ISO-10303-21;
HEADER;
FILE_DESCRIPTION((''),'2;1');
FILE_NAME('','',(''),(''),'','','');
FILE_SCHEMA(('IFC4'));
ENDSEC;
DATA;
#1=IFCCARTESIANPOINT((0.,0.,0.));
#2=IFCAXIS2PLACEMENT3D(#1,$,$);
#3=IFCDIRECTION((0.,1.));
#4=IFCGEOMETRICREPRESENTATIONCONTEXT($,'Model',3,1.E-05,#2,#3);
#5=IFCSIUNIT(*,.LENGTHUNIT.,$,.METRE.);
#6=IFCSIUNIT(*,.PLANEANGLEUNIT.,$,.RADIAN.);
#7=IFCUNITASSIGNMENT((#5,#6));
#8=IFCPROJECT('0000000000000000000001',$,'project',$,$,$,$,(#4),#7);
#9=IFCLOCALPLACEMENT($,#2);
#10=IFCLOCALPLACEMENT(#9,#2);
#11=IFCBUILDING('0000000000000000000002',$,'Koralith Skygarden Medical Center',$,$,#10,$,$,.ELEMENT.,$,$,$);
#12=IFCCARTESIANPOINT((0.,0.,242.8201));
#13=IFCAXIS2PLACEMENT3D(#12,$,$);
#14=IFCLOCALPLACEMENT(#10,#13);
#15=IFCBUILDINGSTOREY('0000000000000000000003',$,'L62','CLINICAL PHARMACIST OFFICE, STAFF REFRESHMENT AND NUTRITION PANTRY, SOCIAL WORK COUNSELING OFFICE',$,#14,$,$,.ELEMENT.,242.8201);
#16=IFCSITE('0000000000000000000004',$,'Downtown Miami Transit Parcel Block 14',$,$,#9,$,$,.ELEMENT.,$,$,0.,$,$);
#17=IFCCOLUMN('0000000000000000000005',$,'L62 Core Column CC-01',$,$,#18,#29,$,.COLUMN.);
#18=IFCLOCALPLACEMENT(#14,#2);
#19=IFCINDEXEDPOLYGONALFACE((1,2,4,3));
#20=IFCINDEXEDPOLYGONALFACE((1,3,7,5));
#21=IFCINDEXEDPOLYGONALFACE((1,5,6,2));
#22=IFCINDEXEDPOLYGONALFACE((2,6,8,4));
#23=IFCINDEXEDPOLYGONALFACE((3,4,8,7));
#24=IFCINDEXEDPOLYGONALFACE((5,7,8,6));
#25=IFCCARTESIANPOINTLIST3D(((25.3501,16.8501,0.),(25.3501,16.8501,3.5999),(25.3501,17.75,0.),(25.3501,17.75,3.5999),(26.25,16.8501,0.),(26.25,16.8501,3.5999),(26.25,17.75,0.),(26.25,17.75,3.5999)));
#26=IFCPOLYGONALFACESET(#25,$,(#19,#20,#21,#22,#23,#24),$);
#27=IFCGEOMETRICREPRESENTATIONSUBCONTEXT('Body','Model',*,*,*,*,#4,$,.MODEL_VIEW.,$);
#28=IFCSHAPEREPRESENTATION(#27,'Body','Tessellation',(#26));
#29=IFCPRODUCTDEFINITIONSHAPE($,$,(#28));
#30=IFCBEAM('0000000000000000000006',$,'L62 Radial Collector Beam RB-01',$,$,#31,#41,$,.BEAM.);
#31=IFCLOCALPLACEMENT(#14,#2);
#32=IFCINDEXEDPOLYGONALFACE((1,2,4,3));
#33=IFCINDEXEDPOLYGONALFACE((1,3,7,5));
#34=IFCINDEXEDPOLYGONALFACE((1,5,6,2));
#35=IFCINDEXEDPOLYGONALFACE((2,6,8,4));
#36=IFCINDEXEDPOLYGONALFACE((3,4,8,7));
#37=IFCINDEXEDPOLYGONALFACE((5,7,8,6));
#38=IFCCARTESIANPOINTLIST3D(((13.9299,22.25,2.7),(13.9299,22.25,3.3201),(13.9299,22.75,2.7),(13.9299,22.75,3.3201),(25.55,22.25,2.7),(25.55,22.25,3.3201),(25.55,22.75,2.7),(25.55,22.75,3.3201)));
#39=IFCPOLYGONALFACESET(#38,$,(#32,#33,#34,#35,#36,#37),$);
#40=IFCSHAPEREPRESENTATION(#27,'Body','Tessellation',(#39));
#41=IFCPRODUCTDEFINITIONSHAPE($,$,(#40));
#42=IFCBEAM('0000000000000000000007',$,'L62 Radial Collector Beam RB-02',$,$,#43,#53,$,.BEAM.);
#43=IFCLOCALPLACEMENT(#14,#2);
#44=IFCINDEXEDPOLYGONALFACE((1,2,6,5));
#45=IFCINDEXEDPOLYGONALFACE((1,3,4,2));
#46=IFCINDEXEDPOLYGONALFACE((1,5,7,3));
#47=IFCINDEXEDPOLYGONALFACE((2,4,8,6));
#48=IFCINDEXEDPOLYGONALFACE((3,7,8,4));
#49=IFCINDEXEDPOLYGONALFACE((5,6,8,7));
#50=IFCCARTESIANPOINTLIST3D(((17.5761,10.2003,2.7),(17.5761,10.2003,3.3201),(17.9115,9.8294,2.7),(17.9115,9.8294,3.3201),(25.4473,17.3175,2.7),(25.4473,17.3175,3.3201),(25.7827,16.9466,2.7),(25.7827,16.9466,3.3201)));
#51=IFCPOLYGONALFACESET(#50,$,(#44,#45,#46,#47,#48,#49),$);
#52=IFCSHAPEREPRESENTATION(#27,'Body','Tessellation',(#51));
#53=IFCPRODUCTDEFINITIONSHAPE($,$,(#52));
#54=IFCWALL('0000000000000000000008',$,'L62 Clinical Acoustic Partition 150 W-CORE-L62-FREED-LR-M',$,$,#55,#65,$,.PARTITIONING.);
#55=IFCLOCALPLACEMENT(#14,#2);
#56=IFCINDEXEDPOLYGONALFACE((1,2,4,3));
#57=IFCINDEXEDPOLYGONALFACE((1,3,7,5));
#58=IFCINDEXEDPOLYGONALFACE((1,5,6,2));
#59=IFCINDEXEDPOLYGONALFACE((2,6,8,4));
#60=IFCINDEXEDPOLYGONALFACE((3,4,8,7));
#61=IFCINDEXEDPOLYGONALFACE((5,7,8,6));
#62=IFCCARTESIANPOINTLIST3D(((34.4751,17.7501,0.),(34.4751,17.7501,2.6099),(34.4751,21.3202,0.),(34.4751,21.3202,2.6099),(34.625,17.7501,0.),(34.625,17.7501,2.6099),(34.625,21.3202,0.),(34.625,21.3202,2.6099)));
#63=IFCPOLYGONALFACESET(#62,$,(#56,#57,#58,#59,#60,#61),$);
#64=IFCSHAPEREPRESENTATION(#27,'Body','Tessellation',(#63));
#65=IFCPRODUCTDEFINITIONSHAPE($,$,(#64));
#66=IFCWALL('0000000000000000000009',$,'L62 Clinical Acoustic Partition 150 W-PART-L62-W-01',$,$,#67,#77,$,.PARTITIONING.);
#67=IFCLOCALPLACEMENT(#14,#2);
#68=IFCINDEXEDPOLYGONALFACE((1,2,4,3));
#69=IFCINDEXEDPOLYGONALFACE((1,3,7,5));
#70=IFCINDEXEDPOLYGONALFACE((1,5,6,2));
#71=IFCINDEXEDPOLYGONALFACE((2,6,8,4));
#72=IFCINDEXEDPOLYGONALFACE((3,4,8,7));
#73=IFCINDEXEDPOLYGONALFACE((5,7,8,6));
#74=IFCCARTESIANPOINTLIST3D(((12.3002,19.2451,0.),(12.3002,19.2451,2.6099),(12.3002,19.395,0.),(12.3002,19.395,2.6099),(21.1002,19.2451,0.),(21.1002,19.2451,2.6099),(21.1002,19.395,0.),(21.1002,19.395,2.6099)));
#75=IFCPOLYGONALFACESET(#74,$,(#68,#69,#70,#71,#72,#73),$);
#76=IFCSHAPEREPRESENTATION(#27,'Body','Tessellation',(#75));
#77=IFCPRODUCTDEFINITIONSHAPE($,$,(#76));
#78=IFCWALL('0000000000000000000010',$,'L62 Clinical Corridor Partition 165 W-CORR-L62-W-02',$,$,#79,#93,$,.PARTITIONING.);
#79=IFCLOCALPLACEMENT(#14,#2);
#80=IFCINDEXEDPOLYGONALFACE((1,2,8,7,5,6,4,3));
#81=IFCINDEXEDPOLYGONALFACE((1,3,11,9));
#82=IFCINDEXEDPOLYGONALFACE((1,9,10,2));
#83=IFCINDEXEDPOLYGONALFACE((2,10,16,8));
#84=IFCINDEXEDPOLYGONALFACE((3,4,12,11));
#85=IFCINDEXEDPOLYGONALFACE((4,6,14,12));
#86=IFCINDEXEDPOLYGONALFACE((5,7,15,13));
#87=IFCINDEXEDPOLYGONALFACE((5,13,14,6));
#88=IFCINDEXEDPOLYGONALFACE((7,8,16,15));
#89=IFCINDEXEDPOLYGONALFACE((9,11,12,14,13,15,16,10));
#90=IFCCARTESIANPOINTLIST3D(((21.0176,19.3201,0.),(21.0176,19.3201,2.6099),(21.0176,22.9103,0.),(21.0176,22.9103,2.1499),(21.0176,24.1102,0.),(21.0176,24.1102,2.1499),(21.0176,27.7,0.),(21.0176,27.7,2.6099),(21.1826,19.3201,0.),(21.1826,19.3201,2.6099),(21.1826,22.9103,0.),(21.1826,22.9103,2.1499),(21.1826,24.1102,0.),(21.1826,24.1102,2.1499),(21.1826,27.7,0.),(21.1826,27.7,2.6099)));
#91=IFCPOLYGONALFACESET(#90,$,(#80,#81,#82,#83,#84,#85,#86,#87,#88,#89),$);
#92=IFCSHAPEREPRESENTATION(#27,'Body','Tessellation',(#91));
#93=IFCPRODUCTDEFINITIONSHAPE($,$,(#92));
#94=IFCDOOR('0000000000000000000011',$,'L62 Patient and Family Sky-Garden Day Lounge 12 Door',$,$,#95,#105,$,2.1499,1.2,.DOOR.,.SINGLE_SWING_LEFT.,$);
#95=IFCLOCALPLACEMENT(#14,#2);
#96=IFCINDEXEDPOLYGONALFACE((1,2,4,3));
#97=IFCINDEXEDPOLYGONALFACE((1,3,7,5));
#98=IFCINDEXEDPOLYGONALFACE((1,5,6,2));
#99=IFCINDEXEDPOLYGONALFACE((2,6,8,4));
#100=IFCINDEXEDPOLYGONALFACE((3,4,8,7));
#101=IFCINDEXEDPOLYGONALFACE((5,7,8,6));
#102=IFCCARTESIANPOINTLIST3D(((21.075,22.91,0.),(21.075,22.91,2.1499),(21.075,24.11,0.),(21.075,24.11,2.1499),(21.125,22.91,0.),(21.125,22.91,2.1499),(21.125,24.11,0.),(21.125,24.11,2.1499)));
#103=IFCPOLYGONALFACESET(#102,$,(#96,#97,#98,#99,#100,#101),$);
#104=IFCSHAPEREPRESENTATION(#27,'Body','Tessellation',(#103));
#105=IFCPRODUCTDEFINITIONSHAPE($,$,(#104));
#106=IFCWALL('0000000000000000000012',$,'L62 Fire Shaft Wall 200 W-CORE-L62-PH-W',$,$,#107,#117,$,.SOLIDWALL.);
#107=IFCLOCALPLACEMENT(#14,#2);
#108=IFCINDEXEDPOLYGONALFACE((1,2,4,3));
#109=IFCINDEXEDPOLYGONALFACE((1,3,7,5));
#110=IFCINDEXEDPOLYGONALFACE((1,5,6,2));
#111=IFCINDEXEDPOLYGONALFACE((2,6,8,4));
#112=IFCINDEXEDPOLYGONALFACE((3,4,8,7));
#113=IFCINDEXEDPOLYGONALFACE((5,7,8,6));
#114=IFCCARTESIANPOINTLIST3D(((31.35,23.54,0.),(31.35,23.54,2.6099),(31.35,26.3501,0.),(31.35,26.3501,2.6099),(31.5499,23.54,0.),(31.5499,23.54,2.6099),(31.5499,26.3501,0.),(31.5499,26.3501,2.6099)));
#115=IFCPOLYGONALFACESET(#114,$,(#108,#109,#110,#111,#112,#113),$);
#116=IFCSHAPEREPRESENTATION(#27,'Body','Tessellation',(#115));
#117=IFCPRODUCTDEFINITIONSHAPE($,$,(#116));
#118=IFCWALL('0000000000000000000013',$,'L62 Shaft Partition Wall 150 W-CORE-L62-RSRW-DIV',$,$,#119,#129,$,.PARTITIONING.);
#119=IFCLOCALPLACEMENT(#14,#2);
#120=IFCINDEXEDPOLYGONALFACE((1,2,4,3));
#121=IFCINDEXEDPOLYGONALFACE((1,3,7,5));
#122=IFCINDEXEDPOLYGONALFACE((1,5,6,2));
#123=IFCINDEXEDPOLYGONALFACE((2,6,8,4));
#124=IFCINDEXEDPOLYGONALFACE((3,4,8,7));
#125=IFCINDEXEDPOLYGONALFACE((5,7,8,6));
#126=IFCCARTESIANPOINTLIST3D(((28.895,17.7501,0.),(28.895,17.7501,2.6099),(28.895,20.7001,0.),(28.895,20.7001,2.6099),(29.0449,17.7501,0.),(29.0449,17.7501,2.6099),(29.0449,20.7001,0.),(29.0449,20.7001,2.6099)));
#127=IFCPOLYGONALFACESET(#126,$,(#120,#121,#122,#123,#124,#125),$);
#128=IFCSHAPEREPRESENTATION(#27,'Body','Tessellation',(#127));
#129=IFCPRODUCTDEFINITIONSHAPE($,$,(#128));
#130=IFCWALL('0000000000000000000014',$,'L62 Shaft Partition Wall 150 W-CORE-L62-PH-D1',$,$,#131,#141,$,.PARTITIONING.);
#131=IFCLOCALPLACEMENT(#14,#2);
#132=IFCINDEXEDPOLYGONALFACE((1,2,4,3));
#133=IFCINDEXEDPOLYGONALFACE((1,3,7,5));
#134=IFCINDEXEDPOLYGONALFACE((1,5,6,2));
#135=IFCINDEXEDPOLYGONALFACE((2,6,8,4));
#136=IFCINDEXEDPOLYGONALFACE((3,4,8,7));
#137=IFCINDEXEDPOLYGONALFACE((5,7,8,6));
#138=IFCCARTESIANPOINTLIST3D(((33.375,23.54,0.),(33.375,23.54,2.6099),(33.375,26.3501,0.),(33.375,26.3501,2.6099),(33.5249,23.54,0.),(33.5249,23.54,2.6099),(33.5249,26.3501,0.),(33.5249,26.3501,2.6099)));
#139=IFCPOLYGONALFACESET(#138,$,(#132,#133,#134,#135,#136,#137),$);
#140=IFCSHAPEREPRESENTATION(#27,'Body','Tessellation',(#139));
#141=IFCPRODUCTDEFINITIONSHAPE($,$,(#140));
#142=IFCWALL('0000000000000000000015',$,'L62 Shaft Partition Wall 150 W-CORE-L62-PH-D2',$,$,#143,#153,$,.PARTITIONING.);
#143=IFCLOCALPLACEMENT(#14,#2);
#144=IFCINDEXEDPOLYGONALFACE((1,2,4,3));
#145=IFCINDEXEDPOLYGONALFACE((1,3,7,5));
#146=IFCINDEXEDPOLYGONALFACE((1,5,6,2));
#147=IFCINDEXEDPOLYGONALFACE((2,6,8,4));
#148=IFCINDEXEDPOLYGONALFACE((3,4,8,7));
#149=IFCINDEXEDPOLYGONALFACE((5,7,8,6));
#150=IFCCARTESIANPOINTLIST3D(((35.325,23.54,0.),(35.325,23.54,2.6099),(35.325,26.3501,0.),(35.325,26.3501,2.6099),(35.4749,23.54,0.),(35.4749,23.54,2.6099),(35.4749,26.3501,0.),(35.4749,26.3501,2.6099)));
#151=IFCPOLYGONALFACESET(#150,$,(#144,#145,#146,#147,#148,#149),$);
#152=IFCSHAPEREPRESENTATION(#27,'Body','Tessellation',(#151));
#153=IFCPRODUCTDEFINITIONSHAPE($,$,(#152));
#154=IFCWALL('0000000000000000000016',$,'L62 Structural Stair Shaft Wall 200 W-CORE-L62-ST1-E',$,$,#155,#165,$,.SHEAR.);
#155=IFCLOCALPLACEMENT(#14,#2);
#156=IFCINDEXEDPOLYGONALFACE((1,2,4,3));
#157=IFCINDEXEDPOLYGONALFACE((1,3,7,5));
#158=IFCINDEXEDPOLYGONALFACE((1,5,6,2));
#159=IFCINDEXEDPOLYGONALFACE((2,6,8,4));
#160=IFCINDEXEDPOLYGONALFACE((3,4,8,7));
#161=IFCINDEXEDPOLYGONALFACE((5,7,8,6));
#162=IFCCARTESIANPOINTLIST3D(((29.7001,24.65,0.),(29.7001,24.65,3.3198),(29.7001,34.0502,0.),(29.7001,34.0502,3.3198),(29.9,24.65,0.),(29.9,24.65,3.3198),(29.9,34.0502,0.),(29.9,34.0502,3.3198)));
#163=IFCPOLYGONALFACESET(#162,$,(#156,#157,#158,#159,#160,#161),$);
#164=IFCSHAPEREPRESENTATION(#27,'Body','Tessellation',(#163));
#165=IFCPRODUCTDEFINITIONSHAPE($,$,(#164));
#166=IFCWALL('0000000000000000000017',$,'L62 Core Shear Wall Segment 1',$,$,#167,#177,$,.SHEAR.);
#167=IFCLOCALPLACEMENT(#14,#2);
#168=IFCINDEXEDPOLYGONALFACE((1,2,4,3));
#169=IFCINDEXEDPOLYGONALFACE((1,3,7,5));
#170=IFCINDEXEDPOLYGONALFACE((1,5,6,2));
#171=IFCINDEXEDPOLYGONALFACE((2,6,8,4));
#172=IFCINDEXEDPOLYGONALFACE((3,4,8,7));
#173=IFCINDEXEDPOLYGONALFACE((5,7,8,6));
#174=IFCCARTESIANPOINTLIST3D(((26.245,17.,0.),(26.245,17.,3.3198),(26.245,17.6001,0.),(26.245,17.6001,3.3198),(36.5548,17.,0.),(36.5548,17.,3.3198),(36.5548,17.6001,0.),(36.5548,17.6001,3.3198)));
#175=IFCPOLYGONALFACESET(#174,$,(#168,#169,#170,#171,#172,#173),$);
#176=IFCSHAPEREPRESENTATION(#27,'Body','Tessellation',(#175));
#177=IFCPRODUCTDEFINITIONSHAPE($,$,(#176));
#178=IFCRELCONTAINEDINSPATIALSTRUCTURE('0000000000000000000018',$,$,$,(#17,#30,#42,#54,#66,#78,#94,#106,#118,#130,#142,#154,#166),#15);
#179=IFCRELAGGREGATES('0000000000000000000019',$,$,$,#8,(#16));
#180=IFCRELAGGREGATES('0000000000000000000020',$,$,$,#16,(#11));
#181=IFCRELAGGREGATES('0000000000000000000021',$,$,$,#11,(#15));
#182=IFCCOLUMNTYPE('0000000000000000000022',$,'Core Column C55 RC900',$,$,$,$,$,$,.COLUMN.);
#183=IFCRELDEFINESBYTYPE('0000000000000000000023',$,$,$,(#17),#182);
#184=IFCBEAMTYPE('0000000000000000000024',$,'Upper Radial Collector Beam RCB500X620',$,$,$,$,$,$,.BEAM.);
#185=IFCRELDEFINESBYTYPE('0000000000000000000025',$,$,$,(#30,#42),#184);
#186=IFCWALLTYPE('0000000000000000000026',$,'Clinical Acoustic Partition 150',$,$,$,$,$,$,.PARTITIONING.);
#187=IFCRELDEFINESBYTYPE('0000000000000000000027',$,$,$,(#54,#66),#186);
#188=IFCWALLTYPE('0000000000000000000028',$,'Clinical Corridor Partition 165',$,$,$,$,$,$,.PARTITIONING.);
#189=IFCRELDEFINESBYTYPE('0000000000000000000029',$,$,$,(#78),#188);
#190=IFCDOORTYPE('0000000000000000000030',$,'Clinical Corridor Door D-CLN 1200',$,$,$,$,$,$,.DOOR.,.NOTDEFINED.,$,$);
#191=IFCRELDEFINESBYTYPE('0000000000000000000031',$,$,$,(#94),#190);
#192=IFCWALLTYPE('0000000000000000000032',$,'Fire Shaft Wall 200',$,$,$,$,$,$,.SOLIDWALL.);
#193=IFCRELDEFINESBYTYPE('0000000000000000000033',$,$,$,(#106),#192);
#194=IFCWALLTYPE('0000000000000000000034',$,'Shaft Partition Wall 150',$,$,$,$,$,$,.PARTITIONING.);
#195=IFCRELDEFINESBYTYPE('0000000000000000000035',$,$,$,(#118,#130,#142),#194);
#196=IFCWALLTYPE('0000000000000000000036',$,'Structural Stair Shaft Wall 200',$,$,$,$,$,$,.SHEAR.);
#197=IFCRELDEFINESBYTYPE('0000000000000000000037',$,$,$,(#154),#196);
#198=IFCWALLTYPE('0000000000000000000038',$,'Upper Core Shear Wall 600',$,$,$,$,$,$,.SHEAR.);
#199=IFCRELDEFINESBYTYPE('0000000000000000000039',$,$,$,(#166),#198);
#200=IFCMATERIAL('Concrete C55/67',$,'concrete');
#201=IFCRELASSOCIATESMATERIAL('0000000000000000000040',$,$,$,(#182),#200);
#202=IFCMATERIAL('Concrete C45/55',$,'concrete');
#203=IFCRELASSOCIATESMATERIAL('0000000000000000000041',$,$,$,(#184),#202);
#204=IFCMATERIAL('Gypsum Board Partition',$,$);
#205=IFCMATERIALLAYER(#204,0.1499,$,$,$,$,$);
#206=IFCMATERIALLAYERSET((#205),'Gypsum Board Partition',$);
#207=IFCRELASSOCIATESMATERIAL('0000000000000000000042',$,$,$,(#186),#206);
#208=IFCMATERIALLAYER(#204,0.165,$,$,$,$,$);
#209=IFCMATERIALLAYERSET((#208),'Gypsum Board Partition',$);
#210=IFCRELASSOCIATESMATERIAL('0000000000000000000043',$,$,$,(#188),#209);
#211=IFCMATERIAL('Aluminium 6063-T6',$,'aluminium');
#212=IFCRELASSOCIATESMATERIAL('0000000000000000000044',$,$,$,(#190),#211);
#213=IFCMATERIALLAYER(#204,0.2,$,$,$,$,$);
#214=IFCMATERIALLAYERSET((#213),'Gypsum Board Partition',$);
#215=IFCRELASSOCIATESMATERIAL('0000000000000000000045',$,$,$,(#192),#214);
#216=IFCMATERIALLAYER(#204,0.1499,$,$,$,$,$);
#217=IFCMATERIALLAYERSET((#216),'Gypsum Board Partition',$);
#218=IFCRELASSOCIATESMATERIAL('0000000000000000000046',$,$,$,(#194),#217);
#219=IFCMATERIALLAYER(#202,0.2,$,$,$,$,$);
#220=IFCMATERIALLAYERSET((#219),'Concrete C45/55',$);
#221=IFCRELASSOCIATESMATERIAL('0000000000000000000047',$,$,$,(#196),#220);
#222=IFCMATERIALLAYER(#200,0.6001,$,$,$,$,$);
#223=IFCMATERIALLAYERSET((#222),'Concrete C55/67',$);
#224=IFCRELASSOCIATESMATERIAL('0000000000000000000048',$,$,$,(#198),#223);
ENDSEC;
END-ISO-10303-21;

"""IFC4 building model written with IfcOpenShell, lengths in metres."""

from ifc_helpers import new_model, si_unit, direction, frame, frame_2d, origin, origin_2d, place, context, subcontext, project, spatial, rectangle, extrude, material, layer, layer_set, material_profile, profile_set, type_object, element, fill, save


model = new_model("IFC4")

# Units and contexts
model_context = context("Model", 3, precision=1e-05, world=origin(), true_north=direction((0.0, 1.0)))
body_context = subcontext(model_context, "Body", "Model", "MODEL_VIEW")
ifc_project = project(units=[si_unit("LENGTHUNIT", "METRE"), si_unit("PLANEANGLEUNIT", "RADIAN")], contexts=[model_context])

# Site, building, storey
site_placement = place(None, origin())
site = spatial("IfcSite", under=ifc_project, at=site_placement, Name="Downtown Miami Transit Parcel Block 14", CompositionType="ELEMENT", RefElevation=0.0)
building_placement = place(site_placement, origin())
building = spatial("IfcBuilding", under=site, at=building_placement, Name="Koralith Skygarden Medical Center", CompositionType="ELEMENT")
storey_placement = place(building_placement, frame((0.0, 0.0, 242.8201)))
storey = spatial("IfcBuildingStorey", under=building, at=storey_placement, Name="L62", Description="CLINICAL PHARMACIST OFFICE, STAFF REFRESHMENT AND NUTRITION PANTRY, SOCIAL WORK COUNSELING OFFICE", CompositionType="ELEMENT", Elevation=242.8201)

# Column
ifc_material_1 = material(Name="Concrete C55/67", Category="concrete")
ifc_material_profile_1 = material_profile(ifc_material_1, rectangle(XDim=0.8999, YDim=0.8999, at=origin_2d()), Name="RC900X900")
ifc_profile_set_1 = profile_set([ifc_material_profile_1], Name="Concrete C55/67")
column_type = type_object("IfcColumnType", Name="Core Column C55 RC900", PredefinedType="COLUMN", material=ifc_profile_set_1)
column_placement = place(storey_placement, frame((25.8, 17.3, 0.0), z_axis=(0.0, 0.0, 1.0), x_axis=(1.0, 0.0, 0.0)))
element("IfcColumn", 1, at=column_placement, inside=storey, type_object=column_type, Name="L62 Core Column CC-01", PredefinedType="COLUMN", context=body_context, shape_type="SweptSolid", body=[
    extrude(rectangle(XDim=0.8999, YDim=0.8999, at=origin_2d()), origin(), (0.0, 0.0, 1.0), 3.5999),
])

# Beams
ifc_material_2 = material(Name="Concrete C45/55", Category="concrete")
ifc_material_profile_2 = material_profile(ifc_material_2, rectangle(XDim=0.5, YDim=0.6201, at=origin_2d()), Name="RCB500X620")
ifc_profile_set_2 = profile_set([ifc_material_profile_2], Name="Concrete C45/55")
beam_type = type_object("IfcBeamType", Name="Upper Radial Collector Beam RCB500X620", PredefinedType="BEAM", material=ifc_profile_set_2)
beam_1_placement = place(storey_placement, frame((25.55, 22.5, 3.01), z_axis=(-1.0, 0.0, 0.0), x_axis=(0.0, -1.0, 0.0)))
element("IfcBeam", 2, at=beam_1_placement, inside=storey, type_object=beam_type, Name="L62 Radial Collector Beam RB-01", PredefinedType="BEAM", context=body_context, shape_type="SweptSolid", body=[
    extrude(rectangle(XDim=0.5, YDim=0.6201, at=origin_2d()), origin(), (0.0, 0.0, 1.0), 11.6201),
])
beam_2_placement = place(storey_placement, frame((25.615, 17.1321, 3.01), z_axis=(-0.741736, -0.670692, 0.0), x_axis=(0.670692, -0.741736, 0.0)))
element("IfcBeam", 3, at=beam_2_placement, inside=storey, type_object=beam_type, Name="L62 Radial Collector Beam RB-02", PredefinedType="BEAM", context=body_context, shape_type="SweptSolid", body=[
    extrude(rectangle(XDim=0.5, YDim=0.6201, at=origin_2d()), origin(), (0.0, 0.0, 1.0), 10.6118),
])

# Shared definitions
ifc_material_3 = material(Name="Gypsum Board Partition")
ifc_layer_1 = layer(ifc_material_3, 0.1499)
ifc_layer_set_1 = layer_set([ifc_layer_1], Name="Gypsum Board Partition")
wall_type_1 = type_object("IfcWallType", Name="Clinical Acoustic Partition 150", PredefinedType="PARTITIONING", material=ifc_layer_set_1)
ifc_material_4 = material(Name="Aluminium 6063-T6", Category="aluminium")

# Walls
wall_1_placement = place(storey_placement, frame((34.55, 17.75, 0.0), z_axis=(0.0, 0.0, 1.0), x_axis=(0.0, 1.0, 0.0)))
element("IfcWall", 4, at=wall_1_placement, inside=storey, type_object=wall_type_1, Name="L62 Clinical Acoustic Partition 150 W-CORE-L62-FREED-LR-M", PredefinedType="PARTITIONING", context=body_context, shape_type="SweptSolid", body=[
    extrude(rectangle(XDim=3.5701, YDim=0.1499, at=frame_2d((1.7852, 0.0))), origin(), (0.0, 0.0, 1.0), 2.6099),
])
wall_2_placement = place(storey_placement, frame((21.1001, 19.3201, 0.0), z_axis=(0.0, 0.0, 1.0), x_axis=(-1.0, 0.0, 0.0)))
element("IfcWall", 5, at=wall_2_placement, inside=storey, type_object=wall_type_1, Name="L62 Clinical Acoustic Partition 150 W-PART-L62-W-01", PredefinedType="PARTITIONING", context=body_context, shape_type="SweptSolid", body=[
    extrude(rectangle(XDim=8.8, YDim=0.1499, at=frame_2d((4.3999, 0.0))), origin(), (0.0, 0.0, 1.0), 2.6099),
])

# Wall, opening, door
ifc_layer_2 = layer(ifc_material_3, 0.165)
ifc_layer_set_2 = layer_set([ifc_layer_2], Name="Gypsum Board Partition")
wall_type_2 = type_object("IfcWallType", Name="Clinical Corridor Partition 165", PredefinedType="PARTITIONING", material=ifc_layer_set_2)
wall_3_placement = place(storey_placement, frame((21.1001, 19.3201, 0.0), z_axis=(0.0, 0.0, 1.0), x_axis=(0.0, 1.0, 0.0)))
wall_3 = element("IfcWall", 6, at=wall_3_placement, inside=storey, type_object=wall_type_2, Name="L62 Clinical Corridor Partition 165 W-CORR-L62-W-02", PredefinedType="PARTITIONING", context=body_context, shape_type="SweptSolid", body=[
    extrude(rectangle(XDim=8.3799, YDim=0.165, at=frame_2d((4.1899, 0.0))), origin(), (0.0, 0.0, 1.0), 2.6099),
])
opening_1_placement = place(wall_3_placement, frame((3.5901, 0.0, 0.0)))
opening_1 = element("IfcOpeningElement", 7, at=opening_1_placement, cuts=wall_3, PredefinedType="OPENING", context=body_context, shape_type="SweptSolid", body=[
    extrude(rectangle(XDim=1.2, YDim=2.1499, at=frame_2d((0.6001, 1.075))), frame((0.0, 0.0925, 0.0), z_axis=(0.0, -1.0, 0.0), x_axis=(1.0, 0.0, 0.0)), (0.0, 0.0, 1.0), 0.1851),
])
door_type_1 = type_object("IfcDoorType", Name="Clinical Corridor Door D-CLN 1200", OperationType="NOTDEFINED", PredefinedType="DOOR", material=ifc_material_4)
door_1_placement = place(opening_1_placement, frame((1.2, 0.0, 0.0), z_axis=(0.0, 0.0, 1.0), x_axis=(-1.0, 0.0, 0.0)))
door_1 = element("IfcDoor", 8, at=door_1_placement, inside=storey, type_object=door_type_1, Name="L62 Patient and Family Sky-Garden Day Lounge 12 Door", OperationType="SINGLE_SWING_LEFT", OverallHeight=2.1499, OverallWidth=1.2, PredefinedType="DOOR", context=body_context, shape_type="SweptSolid", body=[
    extrude(rectangle(XDim=1.2, YDim=2.1499, at=frame_2d((0.6001, 1.075))), frame((0.0, 0.0249, 0.0), z_axis=(0.0, -1.0, 0.0), x_axis=(1.0, 0.0, 0.0)), (0.0, 0.0, 1.0), 0.05),
])
fill(opening_1, door_1)
ifc_layer_3 = layer(ifc_material_3, 0.2)
ifc_layer_set_3 = layer_set([ifc_layer_3], Name="Gypsum Board Partition")
wall_type_3 = type_object("IfcWallType", Name="Fire Shaft Wall 200", PredefinedType="SOLIDWALL", material=ifc_layer_set_3)

# Walls
wall_4_placement = place(storey_placement, frame((31.45, 23.54, 0.0), z_axis=(0.0, 0.0, 1.0), x_axis=(0.0, 1.0, 0.0)))
element("IfcWall", 9, at=wall_4_placement, inside=storey, type_object=wall_type_3, Name="L62 Fire Shaft Wall 200 W-CORE-L62-PH-W", PredefinedType="SOLIDWALL", context=body_context, shape_type="SweptSolid", body=[
    extrude(rectangle(XDim=2.8101, YDim=0.2, at=frame_2d((1.405, 0.0))), origin(), (0.0, 0.0, 1.0), 2.6099),
])
ifc_layer_4 = layer(ifc_material_3, 0.1499)
ifc_layer_set_4 = layer_set([ifc_layer_4], Name="Gypsum Board Partition")
wall_type_4 = type_object("IfcWallType", Name="Shaft Partition Wall 150", PredefinedType="PARTITIONING", material=ifc_layer_set_4)
wall_5_placement = place(storey_placement, frame((28.97, 17.75, 0.0), z_axis=(0.0, 0.0, 1.0), x_axis=(0.0, 1.0, 0.0)))
element("IfcWall", 10, at=wall_5_placement, inside=storey, type_object=wall_type_4, Name="L62 Shaft Partition Wall 150 W-CORE-L62-RSRW-DIV", PredefinedType="PARTITIONING", context=body_context, shape_type="SweptSolid", body=[
    extrude(rectangle(XDim=2.95, YDim=0.1499, at=frame_2d((1.4751, 0.0))), origin(), (0.0, 0.0, 1.0), 2.6099),
])
for number, where, z_axis, x_axis, name in (
    (11, (33.45, 23.54, 0.0), (0.0, 0.0, 1.0), (0.0, 1.0, 0.0), "L62 Shaft Partition Wall 150 W-CORE-L62-PH-D1"),
    (12, (35.3999, 23.54, 0.0), (0.0, 0.0, 1.0), (0.0, 1.0, 0.0), "L62 Shaft Partition Wall 150 W-CORE-L62-PH-D2"),
):
    element("IfcWall", number, at=place(storey_placement, frame(where, z_axis=z_axis, x_axis=x_axis)), inside=storey, type_object=wall_type_4, Name=name, PredefinedType="PARTITIONING", context=body_context, shape_type="SweptSolid", body=[
        extrude(rectangle(XDim=2.8101, YDim=0.1499, at=frame_2d((1.405, 0.0))), origin(), (0.0, 0.0, 1.0), 2.6099),
    ])
ifc_layer_5 = layer(ifc_material_2, 0.2)
ifc_layer_set_5 = layer_set([ifc_layer_5], Name="Concrete C45/55")
wall_type_5 = type_object("IfcWallType", Name="Structural Stair Shaft Wall 200", PredefinedType="SHEAR", material=ifc_layer_set_5)
wall_6_placement = place(storey_placement, frame((29.8, 24.6499, 0.0), z_axis=(0.0, 0.0, 1.0), x_axis=(0.0, 1.0, 0.0)))
element("IfcWall", 13, at=wall_6_placement, inside=storey, type_object=wall_type_5, Name="L62 Structural Stair Shaft Wall 200 W-CORE-L62-ST1-E", PredefinedType="SHEAR", context=body_context, shape_type="SweptSolid", body=[
    extrude(rectangle(XDim=9.4001, YDim=0.2, at=frame_2d((4.7002, 0.0))), origin(), (0.0, 0.0, 1.0), 3.3198),
])

# Wall
ifc_layer_6 = layer(ifc_material_1, 0.6001)
ifc_layer_set_6 = layer_set([ifc_layer_6], Name="Concrete C55/67")
wall_type_6 = type_object("IfcWallType", Name="Upper Core Shear Wall 600", PredefinedType="SHEAR", material=ifc_layer_set_6)
wall_7_placement = place(storey_placement, frame((26.2451, 17.3, 0.0), z_axis=(0.0, 0.0, 1.0), x_axis=(1.0, 0.0, 0.0)))
element("IfcWall", 14, at=wall_7_placement, inside=storey, type_object=wall_type_6, Name="L62 Core Shear Wall Segment 1", PredefinedType="SHEAR", context=body_context, shape_type="SweptSolid", body=[
    extrude(rectangle(XDim=10.3098, YDim=0.6001, at=frame_2d((5.1548, 0.0))), origin(), (0.0, 0.0, 1.0), 3.3198),
])

save(model, "model.ifc")
